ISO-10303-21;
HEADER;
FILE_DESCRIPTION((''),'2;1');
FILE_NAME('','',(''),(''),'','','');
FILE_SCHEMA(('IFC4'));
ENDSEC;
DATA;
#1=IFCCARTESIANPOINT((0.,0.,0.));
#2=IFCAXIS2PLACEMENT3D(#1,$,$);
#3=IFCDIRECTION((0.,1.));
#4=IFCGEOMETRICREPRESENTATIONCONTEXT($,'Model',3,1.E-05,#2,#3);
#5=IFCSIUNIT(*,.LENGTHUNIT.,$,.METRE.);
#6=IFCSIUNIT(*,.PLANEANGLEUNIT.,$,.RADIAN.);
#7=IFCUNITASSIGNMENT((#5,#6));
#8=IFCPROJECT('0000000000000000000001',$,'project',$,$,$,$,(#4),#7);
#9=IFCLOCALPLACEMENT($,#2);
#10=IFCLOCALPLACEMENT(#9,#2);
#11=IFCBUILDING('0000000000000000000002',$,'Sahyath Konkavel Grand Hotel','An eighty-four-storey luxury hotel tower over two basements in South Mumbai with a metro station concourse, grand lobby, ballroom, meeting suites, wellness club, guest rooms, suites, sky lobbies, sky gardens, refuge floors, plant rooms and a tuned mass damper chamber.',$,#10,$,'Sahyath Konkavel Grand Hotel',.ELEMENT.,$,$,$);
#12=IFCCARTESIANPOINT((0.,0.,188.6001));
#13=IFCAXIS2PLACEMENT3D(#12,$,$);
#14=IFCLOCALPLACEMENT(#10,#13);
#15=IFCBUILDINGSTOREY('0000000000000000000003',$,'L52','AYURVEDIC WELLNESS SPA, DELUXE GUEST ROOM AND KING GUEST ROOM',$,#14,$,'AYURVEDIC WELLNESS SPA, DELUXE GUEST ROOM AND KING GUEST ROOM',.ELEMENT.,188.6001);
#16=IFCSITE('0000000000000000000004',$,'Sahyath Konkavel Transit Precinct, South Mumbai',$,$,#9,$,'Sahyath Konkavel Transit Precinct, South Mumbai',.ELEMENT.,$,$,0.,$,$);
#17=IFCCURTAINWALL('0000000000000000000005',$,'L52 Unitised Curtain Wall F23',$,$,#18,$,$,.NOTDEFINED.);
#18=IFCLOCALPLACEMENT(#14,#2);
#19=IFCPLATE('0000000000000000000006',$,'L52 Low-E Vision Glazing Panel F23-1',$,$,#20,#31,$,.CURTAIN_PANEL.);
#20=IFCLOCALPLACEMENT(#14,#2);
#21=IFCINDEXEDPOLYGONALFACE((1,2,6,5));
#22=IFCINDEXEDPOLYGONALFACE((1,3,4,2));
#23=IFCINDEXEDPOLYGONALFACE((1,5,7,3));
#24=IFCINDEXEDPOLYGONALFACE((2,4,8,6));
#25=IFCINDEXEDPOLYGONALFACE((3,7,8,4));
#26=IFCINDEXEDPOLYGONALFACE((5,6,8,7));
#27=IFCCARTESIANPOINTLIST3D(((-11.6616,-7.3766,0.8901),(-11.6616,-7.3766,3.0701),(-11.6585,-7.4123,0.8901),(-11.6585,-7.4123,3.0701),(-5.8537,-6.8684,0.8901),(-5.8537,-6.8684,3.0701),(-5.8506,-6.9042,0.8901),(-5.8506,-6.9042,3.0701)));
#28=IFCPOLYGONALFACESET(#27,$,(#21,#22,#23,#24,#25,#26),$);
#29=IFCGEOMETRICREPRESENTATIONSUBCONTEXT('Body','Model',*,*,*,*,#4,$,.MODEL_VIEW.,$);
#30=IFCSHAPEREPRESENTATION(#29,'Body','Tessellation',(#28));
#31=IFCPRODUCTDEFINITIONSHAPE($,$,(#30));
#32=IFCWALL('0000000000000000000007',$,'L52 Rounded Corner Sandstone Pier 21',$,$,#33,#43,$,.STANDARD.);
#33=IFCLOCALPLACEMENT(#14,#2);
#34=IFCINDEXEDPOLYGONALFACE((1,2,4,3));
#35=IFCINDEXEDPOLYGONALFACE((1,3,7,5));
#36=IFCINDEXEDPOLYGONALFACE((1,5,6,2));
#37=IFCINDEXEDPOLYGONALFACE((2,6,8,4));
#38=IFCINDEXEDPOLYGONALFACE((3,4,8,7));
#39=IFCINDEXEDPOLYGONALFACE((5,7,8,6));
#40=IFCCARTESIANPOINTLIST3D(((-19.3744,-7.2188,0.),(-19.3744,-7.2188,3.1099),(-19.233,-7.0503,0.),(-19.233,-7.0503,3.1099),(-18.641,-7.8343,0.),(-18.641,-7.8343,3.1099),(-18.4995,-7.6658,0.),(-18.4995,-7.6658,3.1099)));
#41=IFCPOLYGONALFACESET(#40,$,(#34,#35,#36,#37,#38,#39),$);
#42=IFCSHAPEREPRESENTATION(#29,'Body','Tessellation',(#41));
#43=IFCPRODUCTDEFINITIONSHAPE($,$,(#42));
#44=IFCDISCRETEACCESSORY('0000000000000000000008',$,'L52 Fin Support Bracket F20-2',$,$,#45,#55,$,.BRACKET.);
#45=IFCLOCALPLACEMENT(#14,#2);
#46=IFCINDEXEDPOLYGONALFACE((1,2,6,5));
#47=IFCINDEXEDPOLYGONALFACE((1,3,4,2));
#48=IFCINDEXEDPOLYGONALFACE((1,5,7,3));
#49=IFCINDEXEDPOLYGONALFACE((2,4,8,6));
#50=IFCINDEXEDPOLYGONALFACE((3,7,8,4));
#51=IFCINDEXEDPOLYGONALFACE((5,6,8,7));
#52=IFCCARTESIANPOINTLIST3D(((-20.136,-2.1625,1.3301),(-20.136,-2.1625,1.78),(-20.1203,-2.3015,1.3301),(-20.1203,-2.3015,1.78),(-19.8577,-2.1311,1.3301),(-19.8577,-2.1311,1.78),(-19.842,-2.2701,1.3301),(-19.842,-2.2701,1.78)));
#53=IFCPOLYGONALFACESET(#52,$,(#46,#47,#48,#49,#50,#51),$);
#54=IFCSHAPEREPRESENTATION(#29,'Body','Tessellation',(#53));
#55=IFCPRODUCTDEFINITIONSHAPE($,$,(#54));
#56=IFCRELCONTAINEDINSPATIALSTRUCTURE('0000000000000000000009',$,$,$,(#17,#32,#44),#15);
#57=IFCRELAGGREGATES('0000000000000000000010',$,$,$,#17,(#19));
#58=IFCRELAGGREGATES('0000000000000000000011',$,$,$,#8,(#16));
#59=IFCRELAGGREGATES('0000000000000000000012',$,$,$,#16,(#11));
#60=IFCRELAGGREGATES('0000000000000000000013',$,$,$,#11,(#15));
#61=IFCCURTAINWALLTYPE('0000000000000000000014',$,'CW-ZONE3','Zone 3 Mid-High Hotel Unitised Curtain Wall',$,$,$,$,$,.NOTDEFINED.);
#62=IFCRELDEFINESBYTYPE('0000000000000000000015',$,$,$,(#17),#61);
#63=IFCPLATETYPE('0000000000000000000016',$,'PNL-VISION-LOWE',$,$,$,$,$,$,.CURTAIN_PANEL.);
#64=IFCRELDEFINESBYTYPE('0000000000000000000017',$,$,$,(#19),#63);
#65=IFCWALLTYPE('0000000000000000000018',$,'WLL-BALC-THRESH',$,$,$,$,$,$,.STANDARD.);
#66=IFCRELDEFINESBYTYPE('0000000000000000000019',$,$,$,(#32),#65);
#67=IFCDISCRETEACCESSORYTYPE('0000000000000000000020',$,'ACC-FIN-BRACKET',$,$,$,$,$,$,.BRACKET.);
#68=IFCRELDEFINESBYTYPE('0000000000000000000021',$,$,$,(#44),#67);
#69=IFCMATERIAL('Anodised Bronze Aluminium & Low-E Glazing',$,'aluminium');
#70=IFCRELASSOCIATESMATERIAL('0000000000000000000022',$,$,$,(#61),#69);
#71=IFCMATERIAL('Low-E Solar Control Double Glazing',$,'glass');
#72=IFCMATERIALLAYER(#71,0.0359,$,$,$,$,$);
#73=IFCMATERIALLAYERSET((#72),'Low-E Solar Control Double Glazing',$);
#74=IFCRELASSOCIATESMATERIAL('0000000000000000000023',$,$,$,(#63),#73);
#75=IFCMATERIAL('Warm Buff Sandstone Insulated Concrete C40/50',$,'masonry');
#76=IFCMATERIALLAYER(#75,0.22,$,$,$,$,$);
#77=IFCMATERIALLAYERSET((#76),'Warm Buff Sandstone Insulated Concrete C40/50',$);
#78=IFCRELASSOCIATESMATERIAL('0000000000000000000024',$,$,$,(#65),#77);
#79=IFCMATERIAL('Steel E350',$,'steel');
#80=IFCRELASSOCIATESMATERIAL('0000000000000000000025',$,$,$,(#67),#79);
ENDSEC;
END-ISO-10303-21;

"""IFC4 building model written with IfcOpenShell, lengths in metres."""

from ifc_helpers import new_model, si_unit, direction, frame, frame_2d, origin, origin_2d, place, context, subcontext, project, spatial, rectangle, extrude, source, transform, mapped, material, layer, layer_set, type_object, element, aggregate, save


model = new_model("IFC4")

# Units and contexts
model_context = context("Model", 3, precision=1e-05, world=origin(), true_north=direction((0.0, 1.0)))
body_context = subcontext(model_context, "Body", "Model", "MODEL_VIEW")
ifc_project = project(units=[si_unit("LENGTHUNIT", "METRE"), si_unit("PLANEANGLEUNIT", "RADIAN")], contexts=[model_context])

# Site, building, storey
site_placement = place(None, origin())
site = spatial("IfcSite", under=ifc_project, at=site_placement, Name="Sahyath Konkavel Transit Precinct, South Mumbai", LongName="Sahyath Konkavel Transit Precinct, South Mumbai", CompositionType="ELEMENT", RefElevation=0.0)
building_placement = place(site_placement, origin())
building = spatial("IfcBuilding", under=site, at=building_placement, Name="Sahyath Konkavel Grand Hotel", Description="An eighty-four-storey luxury hotel tower over two basements in South Mumbai with a metro station concourse, grand lobby, ballroom, meeting suites, wellness club, guest rooms, suites, sky lobbies, sky gardens, refuge floors, plant rooms and a tuned mass damper chamber.", LongName="Sahyath Konkavel Grand Hotel", CompositionType="ELEMENT")
storey_placement = place(building_placement, frame((0.0, 0.0, 188.6001)))
storey = spatial("IfcBuildingStorey", under=building, at=storey_placement, Name="L52", Description="AYURVEDIC WELLNESS SPA, DELUXE GUEST ROOM AND KING GUEST ROOM", LongName="AYURVEDIC WELLNESS SPA, DELUXE GUEST ROOM AND KING GUEST ROOM", CompositionType="ELEMENT", Elevation=188.6001)

# Shared definitions
ifc_material_1 = material(Name="Steel E350", Category="steel")

# Shared definitions
ifc_material_2 = material(Name="Anodised Bronze Aluminium & Low-E Glazing", Category="aluminium")
curtain_wall_type = type_object("IfcCurtainWallType", Name="CW-ZONE3", Description="Zone 3 Mid-High Hotel Unitised Curtain Wall", PredefinedType="NOTDEFINED", material=ifc_material_2)

# Curtain wall
curtain_wall_1_placement = place(storey_placement, origin())
curtain_wall_1 = element("IfcCurtainWall", 1, at=curtain_wall_1_placement, inside=storey, type_object=curtain_wall_type, Name="L52 Unitised Curtain Wall F23", PredefinedType="NOTDEFINED")

# Plate
ifc_material_3 = material(Name="Low-E Solar Control Double Glazing", Category="glass")
ifc_layer_1 = layer(ifc_material_3, 0.0359)
ifc_layer_set_1 = layer_set([ifc_layer_1], Name="Low-E Solar Control Double Glazing")
plate_type_1 = type_object("IfcPlateType", Name="PNL-VISION-LOWE", PredefinedType="CURTAIN_PANEL", material=ifc_layer_set_1)
shared_shape_1 = source(origin(), body_context, "Body", "SweptSolid", [
    extrude(rectangle(XDim=5.8301, YDim=0.0359, at=origin_2d()), origin(), (0.0, 0.0, 1.0), 2.1799),
])
plate_1_placement = place(storey_placement, frame((-8.7561, -7.1404, 0.8901), z_axis=(0.0, 0.0, 1.0), x_axis=(0.996195, 0.087156, 0.0)))
plate_1 = element("IfcPlate", 2, at=plate_1_placement, type_object=plate_type_1, Name="L52 Low-E Vision Glazing Panel F23-1", PredefinedType="CURTAIN_PANEL", context=body_context, shape_type="MappedRepresentation", body=[
    mapped(shared_shape_1, transform((0.0, 0.0, 0.0), scale=1.0)),
])
aggregate(curtain_wall_1, [plate_1])

# Wall
ifc_material_4 = material(Name="Warm Buff Sandstone Insulated Concrete C40/50", Category="masonry")
ifc_layer_2 = layer(ifc_material_4, 0.22)
ifc_layer_set_2 = layer_set([ifc_layer_2], Name="Warm Buff Sandstone Insulated Concrete C40/50")
wall_type = type_object("IfcWallType", Name="WLL-BALC-THRESH", PredefinedType="STANDARD", material=ifc_layer_set_2)
wall_placement = place(storey_placement, frame((-19.3037, -7.1345, 0.0), z_axis=(0.0, 0.0, 1.0), x_axis=(0.766001, -0.642839, 0.0)))
element("IfcWall", 3, at=wall_placement, inside=storey, type_object=wall_type, Name="L52 Rounded Corner Sandstone Pier 21", PredefinedType="STANDARD", context=body_context, shape_type="SweptSolid", body=[
    extrude(rectangle(XDim=0.9575, YDim=0.22, at=frame_2d((0.4788, 0.0))), origin(), (0.0, 0.0, 1.0), 3.1099),
])

# Discrete accessory
discrete_accessory_type = type_object("IfcDiscreteAccessoryType", Name="ACC-FIN-BRACKET", PredefinedType="BRACKET", material=ifc_material_1)
shared_shape_2 = source(origin(), body_context, "Body", "SweptSolid", [
    extrude(rectangle(XDim=0.28, YDim=0.1399, at=origin_2d()), origin(), (0.0, 0.0, 1.0), 0.45),
])
discrete_accessory_placement = place(storey_placement, frame((-19.989, -2.2163, 1.3301), z_axis=(0.0, 0.0, 1.0), x_axis=(-0.993709, -0.111989, 0.0)))
element("IfcDiscreteAccessory", 4, at=discrete_accessory_placement, inside=storey, type_object=discrete_accessory_type, Name="L52 Fin Support Bracket F20-2", PredefinedType="BRACKET", context=body_context, shape_type="MappedRepresentation", body=[
    mapped(shared_shape_2, transform((0.0, 0.0, 0.0), scale=1.0)),
])

save(model, "model.ifc")
